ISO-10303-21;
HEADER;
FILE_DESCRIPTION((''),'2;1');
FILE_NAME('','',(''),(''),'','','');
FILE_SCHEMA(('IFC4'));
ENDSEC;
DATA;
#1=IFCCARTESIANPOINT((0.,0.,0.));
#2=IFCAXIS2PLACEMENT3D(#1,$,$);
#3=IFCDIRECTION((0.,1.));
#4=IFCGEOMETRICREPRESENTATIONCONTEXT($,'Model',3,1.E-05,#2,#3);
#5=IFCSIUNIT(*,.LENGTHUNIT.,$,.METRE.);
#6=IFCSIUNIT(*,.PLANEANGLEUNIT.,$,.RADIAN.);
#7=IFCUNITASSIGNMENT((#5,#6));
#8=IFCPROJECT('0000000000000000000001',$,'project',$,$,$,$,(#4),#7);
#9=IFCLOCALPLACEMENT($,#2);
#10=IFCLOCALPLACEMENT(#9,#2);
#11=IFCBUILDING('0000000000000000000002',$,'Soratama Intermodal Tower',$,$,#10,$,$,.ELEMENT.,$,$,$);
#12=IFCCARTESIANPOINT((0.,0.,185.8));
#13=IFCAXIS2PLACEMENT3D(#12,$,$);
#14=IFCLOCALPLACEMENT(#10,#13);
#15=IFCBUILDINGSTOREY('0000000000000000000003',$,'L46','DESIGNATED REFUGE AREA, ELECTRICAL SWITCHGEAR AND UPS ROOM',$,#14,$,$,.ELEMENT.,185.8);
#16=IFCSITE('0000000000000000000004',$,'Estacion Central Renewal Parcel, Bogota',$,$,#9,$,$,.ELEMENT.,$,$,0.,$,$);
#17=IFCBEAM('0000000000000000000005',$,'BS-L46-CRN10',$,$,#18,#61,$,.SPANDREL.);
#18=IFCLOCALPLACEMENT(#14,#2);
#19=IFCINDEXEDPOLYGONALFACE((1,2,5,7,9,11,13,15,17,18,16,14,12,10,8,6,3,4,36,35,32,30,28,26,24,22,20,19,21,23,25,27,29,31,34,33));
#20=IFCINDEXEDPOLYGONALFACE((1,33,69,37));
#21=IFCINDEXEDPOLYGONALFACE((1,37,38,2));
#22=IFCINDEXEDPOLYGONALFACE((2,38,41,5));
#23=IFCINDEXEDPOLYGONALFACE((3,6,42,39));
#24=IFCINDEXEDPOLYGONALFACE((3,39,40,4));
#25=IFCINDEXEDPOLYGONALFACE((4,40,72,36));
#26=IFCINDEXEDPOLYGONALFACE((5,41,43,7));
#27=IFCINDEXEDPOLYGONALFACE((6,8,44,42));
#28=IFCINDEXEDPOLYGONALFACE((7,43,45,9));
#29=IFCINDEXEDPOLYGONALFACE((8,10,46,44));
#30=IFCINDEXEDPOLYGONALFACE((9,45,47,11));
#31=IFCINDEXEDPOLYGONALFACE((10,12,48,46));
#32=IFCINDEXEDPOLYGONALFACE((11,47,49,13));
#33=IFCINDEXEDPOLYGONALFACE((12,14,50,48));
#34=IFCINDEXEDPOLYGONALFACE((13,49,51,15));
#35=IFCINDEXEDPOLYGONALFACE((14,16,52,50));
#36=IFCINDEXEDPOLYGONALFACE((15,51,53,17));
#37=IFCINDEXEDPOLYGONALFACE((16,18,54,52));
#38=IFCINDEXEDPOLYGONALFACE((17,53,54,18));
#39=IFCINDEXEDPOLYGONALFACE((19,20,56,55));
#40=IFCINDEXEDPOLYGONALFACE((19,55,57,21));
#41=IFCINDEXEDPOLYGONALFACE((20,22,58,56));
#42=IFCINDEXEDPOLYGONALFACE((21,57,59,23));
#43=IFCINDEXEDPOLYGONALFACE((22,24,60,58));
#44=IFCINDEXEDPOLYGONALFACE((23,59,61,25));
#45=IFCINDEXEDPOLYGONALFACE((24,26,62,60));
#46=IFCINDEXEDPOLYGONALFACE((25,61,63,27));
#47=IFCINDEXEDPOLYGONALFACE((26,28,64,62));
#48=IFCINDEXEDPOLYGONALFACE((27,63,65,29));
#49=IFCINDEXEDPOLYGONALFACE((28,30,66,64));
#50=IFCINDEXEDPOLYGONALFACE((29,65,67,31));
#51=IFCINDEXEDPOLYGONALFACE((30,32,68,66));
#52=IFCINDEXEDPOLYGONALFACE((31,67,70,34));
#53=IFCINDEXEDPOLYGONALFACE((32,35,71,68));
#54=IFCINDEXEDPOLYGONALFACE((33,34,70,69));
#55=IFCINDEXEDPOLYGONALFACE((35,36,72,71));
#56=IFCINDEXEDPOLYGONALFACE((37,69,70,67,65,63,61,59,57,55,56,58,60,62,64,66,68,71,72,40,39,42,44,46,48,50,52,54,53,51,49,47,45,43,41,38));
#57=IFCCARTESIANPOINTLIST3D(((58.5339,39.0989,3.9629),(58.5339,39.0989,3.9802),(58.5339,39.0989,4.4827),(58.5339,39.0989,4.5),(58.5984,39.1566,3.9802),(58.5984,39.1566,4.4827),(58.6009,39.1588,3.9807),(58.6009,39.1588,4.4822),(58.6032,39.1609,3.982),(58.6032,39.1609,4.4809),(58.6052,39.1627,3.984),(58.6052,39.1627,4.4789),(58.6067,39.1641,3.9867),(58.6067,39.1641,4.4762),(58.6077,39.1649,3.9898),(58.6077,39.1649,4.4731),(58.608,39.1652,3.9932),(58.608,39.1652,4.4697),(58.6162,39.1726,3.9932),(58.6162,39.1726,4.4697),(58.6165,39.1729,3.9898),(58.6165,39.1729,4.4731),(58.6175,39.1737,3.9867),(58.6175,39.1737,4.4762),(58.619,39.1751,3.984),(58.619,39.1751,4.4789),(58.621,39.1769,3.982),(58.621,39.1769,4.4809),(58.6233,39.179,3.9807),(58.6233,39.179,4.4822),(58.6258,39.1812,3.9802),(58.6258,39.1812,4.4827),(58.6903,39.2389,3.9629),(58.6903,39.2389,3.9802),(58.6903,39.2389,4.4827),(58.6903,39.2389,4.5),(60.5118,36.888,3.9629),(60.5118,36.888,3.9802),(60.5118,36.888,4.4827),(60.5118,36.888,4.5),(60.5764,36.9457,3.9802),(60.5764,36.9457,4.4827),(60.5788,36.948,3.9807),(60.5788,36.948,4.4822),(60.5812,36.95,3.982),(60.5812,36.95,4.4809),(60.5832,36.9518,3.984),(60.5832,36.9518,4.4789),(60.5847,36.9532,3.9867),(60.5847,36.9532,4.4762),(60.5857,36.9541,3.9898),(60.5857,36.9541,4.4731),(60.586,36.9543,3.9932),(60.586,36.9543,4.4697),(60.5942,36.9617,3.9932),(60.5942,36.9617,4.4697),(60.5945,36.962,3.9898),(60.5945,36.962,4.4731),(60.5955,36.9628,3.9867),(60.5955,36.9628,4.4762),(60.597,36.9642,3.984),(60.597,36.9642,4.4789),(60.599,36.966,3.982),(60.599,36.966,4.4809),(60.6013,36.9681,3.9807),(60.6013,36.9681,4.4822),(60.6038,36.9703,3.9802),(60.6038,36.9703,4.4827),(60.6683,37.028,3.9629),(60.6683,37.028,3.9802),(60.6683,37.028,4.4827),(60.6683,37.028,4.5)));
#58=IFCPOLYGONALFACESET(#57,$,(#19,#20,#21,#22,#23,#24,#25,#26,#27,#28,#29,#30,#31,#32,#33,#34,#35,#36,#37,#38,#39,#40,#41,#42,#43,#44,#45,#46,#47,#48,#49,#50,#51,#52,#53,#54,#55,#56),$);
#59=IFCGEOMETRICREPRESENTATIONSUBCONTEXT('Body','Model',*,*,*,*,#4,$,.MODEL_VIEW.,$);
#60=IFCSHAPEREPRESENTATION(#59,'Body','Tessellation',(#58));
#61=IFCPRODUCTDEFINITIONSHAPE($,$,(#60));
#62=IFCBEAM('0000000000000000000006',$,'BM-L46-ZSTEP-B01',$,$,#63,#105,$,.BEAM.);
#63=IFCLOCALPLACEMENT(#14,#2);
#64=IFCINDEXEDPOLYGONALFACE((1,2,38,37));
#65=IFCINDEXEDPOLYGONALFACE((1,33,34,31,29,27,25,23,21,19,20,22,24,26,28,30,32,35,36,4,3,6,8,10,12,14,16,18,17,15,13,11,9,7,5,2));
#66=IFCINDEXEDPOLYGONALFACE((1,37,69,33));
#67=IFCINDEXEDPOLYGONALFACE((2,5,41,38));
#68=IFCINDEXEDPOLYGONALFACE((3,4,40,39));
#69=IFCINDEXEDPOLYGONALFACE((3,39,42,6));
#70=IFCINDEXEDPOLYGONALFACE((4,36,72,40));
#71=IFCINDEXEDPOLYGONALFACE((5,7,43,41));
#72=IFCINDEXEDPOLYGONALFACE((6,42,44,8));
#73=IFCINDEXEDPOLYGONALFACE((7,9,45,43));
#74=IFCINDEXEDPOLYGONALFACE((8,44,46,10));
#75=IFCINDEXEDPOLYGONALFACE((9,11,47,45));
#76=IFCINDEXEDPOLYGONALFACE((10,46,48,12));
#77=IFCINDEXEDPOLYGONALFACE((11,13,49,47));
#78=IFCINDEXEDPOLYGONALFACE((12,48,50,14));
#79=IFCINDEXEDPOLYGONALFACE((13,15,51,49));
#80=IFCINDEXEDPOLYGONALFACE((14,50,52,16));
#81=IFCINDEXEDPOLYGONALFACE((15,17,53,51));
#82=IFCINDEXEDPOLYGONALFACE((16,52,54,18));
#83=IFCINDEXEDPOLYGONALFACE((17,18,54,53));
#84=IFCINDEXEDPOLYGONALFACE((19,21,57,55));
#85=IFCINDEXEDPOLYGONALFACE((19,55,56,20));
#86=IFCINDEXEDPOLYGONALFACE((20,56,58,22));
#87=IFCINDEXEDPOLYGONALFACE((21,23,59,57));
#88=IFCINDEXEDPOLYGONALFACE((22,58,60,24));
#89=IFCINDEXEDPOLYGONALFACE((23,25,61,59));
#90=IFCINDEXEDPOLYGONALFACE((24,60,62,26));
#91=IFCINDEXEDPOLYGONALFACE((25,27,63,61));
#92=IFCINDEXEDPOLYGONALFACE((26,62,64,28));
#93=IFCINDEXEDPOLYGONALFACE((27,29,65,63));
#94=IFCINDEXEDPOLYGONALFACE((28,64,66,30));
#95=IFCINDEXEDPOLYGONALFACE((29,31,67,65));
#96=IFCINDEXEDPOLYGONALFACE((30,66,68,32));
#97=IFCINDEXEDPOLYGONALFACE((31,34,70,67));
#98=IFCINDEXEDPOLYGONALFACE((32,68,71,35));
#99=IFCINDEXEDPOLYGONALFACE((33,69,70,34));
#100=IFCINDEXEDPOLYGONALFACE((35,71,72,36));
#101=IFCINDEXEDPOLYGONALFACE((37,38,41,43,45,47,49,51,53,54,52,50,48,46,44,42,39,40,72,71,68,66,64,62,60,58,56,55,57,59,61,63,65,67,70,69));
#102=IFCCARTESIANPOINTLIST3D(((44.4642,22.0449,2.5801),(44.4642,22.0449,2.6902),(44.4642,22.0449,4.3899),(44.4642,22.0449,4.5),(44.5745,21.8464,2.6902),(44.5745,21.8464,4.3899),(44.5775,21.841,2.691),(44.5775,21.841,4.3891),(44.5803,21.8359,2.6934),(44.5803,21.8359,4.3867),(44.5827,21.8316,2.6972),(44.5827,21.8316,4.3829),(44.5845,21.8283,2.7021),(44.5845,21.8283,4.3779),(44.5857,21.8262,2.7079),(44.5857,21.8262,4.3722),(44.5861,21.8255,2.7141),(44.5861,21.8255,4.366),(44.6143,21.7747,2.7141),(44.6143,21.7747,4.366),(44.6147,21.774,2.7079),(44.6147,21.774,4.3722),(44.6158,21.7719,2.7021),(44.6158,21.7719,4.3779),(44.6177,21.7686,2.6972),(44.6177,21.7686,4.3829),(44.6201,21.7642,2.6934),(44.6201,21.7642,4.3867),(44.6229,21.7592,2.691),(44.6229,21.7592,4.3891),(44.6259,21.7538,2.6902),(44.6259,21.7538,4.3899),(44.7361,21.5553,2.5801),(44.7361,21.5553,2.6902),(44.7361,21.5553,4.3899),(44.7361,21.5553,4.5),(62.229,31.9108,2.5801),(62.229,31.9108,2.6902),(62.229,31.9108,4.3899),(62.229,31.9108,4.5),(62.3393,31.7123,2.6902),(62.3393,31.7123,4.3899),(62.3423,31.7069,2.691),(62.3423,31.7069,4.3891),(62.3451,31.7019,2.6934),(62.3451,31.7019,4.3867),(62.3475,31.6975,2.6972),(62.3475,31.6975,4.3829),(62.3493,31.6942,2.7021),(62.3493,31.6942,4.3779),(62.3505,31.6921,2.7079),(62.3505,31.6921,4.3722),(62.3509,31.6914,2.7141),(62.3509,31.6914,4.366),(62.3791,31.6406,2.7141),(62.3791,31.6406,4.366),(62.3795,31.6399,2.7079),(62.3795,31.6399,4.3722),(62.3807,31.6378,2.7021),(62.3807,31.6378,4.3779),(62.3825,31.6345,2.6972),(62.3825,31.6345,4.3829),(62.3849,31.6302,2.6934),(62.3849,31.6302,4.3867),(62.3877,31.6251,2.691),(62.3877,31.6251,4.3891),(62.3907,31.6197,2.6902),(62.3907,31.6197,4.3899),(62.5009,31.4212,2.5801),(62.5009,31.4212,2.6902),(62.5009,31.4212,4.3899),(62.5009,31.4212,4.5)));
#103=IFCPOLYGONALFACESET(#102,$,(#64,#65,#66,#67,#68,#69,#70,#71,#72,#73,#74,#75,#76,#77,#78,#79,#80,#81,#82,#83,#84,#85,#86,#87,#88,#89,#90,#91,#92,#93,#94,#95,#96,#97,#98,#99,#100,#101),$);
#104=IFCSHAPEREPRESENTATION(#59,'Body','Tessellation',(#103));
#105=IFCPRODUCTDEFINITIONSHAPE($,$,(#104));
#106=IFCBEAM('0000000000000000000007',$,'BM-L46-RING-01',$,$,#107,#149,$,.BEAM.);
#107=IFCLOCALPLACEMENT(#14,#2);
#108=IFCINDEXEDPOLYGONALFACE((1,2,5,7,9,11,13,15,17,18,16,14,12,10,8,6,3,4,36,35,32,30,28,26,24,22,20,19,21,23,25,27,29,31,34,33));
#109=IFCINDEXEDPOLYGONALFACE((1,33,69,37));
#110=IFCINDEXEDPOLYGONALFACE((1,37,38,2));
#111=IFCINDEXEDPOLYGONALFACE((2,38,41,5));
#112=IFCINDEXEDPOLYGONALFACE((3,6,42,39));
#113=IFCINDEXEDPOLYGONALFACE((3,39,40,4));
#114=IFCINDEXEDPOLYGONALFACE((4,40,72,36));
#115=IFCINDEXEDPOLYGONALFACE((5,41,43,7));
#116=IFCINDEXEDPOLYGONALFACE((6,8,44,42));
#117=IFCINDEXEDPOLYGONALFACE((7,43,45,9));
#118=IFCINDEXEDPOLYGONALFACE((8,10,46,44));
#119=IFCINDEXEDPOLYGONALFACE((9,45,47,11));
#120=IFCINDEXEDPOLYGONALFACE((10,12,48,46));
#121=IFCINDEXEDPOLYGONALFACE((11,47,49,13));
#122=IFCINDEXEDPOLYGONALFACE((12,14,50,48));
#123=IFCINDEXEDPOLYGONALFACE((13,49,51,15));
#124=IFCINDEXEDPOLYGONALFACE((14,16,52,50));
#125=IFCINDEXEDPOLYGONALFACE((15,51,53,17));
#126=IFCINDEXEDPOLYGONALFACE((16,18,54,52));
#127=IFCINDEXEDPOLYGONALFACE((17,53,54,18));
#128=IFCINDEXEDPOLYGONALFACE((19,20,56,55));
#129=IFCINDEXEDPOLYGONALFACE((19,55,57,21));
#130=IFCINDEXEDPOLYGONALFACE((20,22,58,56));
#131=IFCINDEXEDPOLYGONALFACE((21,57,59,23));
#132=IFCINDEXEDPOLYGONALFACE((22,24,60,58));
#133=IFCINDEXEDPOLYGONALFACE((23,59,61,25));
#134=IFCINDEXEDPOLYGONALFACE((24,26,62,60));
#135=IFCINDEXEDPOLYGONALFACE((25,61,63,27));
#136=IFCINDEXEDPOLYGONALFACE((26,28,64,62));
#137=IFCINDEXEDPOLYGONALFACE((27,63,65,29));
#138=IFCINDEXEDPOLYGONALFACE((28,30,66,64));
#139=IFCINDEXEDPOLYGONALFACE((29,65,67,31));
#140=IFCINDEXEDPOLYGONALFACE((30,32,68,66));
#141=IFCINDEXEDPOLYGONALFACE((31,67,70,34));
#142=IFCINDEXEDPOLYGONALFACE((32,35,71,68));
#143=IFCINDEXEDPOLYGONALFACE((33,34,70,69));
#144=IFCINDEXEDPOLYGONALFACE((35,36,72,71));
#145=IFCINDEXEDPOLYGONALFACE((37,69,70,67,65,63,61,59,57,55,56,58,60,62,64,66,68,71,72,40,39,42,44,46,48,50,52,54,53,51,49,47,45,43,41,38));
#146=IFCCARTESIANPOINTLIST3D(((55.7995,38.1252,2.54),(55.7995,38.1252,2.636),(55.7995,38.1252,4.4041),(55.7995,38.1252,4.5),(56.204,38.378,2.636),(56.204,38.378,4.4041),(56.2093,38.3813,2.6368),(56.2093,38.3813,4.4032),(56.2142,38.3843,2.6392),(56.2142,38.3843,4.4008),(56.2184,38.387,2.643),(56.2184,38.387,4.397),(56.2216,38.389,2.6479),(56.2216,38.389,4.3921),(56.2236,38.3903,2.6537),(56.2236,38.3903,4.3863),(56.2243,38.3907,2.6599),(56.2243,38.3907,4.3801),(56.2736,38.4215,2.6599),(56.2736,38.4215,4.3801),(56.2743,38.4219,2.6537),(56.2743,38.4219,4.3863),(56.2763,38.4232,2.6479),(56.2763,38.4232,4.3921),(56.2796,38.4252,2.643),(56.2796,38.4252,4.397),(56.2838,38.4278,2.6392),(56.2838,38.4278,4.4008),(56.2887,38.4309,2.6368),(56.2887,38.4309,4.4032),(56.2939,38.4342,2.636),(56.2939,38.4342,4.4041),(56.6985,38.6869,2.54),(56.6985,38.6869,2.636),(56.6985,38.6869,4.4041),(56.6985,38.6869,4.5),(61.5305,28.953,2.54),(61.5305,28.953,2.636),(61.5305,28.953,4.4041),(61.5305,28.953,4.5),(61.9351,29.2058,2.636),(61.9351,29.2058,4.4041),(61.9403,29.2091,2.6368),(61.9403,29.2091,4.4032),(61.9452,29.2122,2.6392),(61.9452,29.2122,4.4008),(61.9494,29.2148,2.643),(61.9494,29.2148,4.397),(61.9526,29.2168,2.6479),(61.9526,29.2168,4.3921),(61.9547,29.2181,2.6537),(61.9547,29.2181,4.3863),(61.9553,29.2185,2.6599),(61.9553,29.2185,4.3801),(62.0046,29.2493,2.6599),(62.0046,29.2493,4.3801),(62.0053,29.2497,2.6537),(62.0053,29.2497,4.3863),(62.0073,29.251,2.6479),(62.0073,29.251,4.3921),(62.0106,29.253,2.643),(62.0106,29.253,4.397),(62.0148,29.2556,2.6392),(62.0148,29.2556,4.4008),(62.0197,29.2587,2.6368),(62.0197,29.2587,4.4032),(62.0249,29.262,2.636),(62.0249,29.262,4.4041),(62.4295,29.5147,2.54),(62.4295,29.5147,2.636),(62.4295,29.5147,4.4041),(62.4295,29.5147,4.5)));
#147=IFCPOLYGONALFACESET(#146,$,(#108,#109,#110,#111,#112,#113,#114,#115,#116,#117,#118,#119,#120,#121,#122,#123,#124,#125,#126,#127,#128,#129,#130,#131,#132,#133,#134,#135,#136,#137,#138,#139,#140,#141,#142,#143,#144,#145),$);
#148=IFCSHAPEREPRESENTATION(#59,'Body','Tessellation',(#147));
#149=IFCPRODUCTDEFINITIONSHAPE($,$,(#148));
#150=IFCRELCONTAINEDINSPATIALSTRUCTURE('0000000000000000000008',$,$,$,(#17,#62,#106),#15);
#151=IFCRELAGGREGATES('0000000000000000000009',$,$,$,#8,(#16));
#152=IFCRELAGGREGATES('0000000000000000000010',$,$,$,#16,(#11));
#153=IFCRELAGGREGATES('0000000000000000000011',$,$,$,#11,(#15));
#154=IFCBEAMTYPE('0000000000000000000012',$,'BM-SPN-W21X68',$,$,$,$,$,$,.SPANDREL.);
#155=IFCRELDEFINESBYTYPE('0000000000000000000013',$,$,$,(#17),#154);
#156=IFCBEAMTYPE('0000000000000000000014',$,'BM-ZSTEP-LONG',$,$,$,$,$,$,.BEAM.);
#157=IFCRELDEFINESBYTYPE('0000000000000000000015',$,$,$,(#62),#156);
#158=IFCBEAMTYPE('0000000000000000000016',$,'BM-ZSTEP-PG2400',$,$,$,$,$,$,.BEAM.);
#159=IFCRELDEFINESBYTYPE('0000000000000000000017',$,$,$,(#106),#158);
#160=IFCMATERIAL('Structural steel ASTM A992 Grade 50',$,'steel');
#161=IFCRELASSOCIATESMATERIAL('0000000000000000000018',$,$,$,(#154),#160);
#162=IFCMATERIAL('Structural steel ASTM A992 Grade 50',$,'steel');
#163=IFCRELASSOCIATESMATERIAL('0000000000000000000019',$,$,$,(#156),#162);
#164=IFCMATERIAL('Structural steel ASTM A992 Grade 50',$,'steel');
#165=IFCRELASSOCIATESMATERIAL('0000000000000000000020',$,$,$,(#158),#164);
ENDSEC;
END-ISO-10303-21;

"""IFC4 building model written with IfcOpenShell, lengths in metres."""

from ifc_helpers import new_model, si_unit, direction, frame, origin, origin_2d, place, context, subcontext, project, spatial, i_section, extrude, material, material_profile, profile_set, type_object, element, save


model = new_model("IFC4")

# Units and contexts
model_context = context("Model", 3, precision=1e-05, world=origin(), true_north=direction((0.0, 1.0)))
body_context = subcontext(model_context, "Body", "Model", "MODEL_VIEW")
ifc_project = project(units=[si_unit("LENGTHUNIT", "METRE"), si_unit("PLANEANGLEUNIT", "RADIAN")], contexts=[model_context])

# Site, building, storey
site_placement = place(None, origin())
site = spatial("IfcSite", under=ifc_project, at=site_placement, Name="Estacion Central Renewal Parcel, Bogota", CompositionType="ELEMENT", RefElevation=0.0)
building_placement = place(site_placement, origin())
building = spatial("IfcBuilding", under=site, at=building_placement, Name="Soratama Intermodal Tower", CompositionType="ELEMENT")
storey_placement = place(building_placement, frame((0.0, 0.0, 185.8)))
storey = spatial("IfcBuildingStorey", under=building, at=storey_placement, Name="L46", Description="DESIGNATED REFUGE AREA, ELECTRICAL SWITCHGEAR AND UPS ROOM", CompositionType="ELEMENT", Elevation=185.8)

# Beams
ifc_material_1 = material(Name="Structural steel ASTM A992 Grade 50", Category="steel")
ifc_material_profile_1 = material_profile(ifc_material_1, i_section(OverallWidth=0.21, OverallDepth=0.5371, WebThickness=0.011, FlangeThickness=0.0173, FilletRadius=0.0129, at=origin_2d()), Name="W21X68")
ifc_profile_set_1 = profile_set([ifc_material_profile_1], Name="Structural steel ASTM A992 Grade 50")
beam_type_1 = type_object("IfcBeamType", Name="BM-SPN-W21X68", PredefinedType="SPANDREL", material=ifc_profile_set_1)
beam_1_placement = place(storey_placement, frame((60.5901, 36.958, 4.2314), z_axis=(-0.666761, 0.745271, 0.0), x_axis=(-0.745271, -0.666761, 0.0)))
element("IfcBeam", 1, at=beam_1_placement, inside=storey, type_object=beam_type_1, Name="BS-L46-CRN10", PredefinedType="SPANDREL", context=body_context, shape_type="SweptSolid", body=[
    extrude(i_section(OverallWidth=0.21, OverallDepth=0.5371, WebThickness=0.011, FlangeThickness=0.0173, FilletRadius=0.0129, at=origin_2d()), origin(), (0.0, 0.0, 1.0), 2.9666),
])
ifc_material_2 = material(Name="Structural steel ASTM A992 Grade 50", Category="steel")
ifc_material_profile_2 = material_profile(ifc_material_2, i_section(OverallWidth=0.5601, OverallDepth=1.9199, WebThickness=0.0581, FlangeThickness=0.1101, FilletRadius=0.0239, at=origin_2d()), Name="PG2150X720")
ifc_profile_set_2 = profile_set([ifc_material_profile_2], Name="Structural steel ASTM A992 Grade 50")
beam_type_2 = type_object("IfcBeamType", Name="BM-ZSTEP-LONG", PredefinedType="BEAM", material=ifc_profile_set_2)
beam_2_placement = place(storey_placement, frame((62.365, 31.666, 3.54), z_axis=(-0.874229, -0.485514, 0.0), x_axis=(0.485514, -0.874229, 0.0)))
element("IfcBeam", 2, at=beam_2_placement, inside=storey, type_object=beam_type_2, Name="BM-L46-ZSTEP-B01", PredefinedType="BEAM", context=body_context, shape_type="SweptSolid", body=[
    extrude(i_section(OverallWidth=0.5601, OverallDepth=1.9199, WebThickness=0.0581, FlangeThickness=0.1101, FilletRadius=0.0239, at=origin_2d()), origin(), (0.0, 0.0, 1.0), 20.3206),
])
ifc_material_3 = material(Name="Structural steel ASTM A992 Grade 50", Category="steel")
ifc_material_profile_3 = material_profile(ifc_material_3, i_section(OverallWidth=1.0601, OverallDepth=1.96, WebThickness=0.0581, FlangeThickness=0.0959, FilletRadius=0.0239, at=origin_2d()), Name="PG2400X900")
ifc_profile_set_3 = profile_set([ifc_material_profile_3], Name="Structural steel ASTM A992 Grade 50")
beam_type_3 = type_object("IfcBeamType", Name="BM-ZSTEP-PG2400", PredefinedType="BEAM", material=ifc_profile_set_3)
beam_3_placement = place(storey_placement, frame((61.98, 29.2339, 3.52), z_axis=(-0.529891, 0.848066, 0.0), x_axis=(-0.848066, -0.529891, 0.0)))
element("IfcBeam", 3, at=beam_3_placement, inside=storey, type_object=beam_type_3, Name="BM-L46-RING-01", PredefinedType="BEAM", context=body_context, shape_type="SweptSolid", body=[
    extrude(i_section(OverallWidth=1.0601, OverallDepth=1.96, WebThickness=0.0581, FlangeThickness=0.0959, FilletRadius=0.0239, at=origin_2d()), origin(), (0.0, 0.0, 1.0), 10.8154),
])

save(model, "model.ifc")
